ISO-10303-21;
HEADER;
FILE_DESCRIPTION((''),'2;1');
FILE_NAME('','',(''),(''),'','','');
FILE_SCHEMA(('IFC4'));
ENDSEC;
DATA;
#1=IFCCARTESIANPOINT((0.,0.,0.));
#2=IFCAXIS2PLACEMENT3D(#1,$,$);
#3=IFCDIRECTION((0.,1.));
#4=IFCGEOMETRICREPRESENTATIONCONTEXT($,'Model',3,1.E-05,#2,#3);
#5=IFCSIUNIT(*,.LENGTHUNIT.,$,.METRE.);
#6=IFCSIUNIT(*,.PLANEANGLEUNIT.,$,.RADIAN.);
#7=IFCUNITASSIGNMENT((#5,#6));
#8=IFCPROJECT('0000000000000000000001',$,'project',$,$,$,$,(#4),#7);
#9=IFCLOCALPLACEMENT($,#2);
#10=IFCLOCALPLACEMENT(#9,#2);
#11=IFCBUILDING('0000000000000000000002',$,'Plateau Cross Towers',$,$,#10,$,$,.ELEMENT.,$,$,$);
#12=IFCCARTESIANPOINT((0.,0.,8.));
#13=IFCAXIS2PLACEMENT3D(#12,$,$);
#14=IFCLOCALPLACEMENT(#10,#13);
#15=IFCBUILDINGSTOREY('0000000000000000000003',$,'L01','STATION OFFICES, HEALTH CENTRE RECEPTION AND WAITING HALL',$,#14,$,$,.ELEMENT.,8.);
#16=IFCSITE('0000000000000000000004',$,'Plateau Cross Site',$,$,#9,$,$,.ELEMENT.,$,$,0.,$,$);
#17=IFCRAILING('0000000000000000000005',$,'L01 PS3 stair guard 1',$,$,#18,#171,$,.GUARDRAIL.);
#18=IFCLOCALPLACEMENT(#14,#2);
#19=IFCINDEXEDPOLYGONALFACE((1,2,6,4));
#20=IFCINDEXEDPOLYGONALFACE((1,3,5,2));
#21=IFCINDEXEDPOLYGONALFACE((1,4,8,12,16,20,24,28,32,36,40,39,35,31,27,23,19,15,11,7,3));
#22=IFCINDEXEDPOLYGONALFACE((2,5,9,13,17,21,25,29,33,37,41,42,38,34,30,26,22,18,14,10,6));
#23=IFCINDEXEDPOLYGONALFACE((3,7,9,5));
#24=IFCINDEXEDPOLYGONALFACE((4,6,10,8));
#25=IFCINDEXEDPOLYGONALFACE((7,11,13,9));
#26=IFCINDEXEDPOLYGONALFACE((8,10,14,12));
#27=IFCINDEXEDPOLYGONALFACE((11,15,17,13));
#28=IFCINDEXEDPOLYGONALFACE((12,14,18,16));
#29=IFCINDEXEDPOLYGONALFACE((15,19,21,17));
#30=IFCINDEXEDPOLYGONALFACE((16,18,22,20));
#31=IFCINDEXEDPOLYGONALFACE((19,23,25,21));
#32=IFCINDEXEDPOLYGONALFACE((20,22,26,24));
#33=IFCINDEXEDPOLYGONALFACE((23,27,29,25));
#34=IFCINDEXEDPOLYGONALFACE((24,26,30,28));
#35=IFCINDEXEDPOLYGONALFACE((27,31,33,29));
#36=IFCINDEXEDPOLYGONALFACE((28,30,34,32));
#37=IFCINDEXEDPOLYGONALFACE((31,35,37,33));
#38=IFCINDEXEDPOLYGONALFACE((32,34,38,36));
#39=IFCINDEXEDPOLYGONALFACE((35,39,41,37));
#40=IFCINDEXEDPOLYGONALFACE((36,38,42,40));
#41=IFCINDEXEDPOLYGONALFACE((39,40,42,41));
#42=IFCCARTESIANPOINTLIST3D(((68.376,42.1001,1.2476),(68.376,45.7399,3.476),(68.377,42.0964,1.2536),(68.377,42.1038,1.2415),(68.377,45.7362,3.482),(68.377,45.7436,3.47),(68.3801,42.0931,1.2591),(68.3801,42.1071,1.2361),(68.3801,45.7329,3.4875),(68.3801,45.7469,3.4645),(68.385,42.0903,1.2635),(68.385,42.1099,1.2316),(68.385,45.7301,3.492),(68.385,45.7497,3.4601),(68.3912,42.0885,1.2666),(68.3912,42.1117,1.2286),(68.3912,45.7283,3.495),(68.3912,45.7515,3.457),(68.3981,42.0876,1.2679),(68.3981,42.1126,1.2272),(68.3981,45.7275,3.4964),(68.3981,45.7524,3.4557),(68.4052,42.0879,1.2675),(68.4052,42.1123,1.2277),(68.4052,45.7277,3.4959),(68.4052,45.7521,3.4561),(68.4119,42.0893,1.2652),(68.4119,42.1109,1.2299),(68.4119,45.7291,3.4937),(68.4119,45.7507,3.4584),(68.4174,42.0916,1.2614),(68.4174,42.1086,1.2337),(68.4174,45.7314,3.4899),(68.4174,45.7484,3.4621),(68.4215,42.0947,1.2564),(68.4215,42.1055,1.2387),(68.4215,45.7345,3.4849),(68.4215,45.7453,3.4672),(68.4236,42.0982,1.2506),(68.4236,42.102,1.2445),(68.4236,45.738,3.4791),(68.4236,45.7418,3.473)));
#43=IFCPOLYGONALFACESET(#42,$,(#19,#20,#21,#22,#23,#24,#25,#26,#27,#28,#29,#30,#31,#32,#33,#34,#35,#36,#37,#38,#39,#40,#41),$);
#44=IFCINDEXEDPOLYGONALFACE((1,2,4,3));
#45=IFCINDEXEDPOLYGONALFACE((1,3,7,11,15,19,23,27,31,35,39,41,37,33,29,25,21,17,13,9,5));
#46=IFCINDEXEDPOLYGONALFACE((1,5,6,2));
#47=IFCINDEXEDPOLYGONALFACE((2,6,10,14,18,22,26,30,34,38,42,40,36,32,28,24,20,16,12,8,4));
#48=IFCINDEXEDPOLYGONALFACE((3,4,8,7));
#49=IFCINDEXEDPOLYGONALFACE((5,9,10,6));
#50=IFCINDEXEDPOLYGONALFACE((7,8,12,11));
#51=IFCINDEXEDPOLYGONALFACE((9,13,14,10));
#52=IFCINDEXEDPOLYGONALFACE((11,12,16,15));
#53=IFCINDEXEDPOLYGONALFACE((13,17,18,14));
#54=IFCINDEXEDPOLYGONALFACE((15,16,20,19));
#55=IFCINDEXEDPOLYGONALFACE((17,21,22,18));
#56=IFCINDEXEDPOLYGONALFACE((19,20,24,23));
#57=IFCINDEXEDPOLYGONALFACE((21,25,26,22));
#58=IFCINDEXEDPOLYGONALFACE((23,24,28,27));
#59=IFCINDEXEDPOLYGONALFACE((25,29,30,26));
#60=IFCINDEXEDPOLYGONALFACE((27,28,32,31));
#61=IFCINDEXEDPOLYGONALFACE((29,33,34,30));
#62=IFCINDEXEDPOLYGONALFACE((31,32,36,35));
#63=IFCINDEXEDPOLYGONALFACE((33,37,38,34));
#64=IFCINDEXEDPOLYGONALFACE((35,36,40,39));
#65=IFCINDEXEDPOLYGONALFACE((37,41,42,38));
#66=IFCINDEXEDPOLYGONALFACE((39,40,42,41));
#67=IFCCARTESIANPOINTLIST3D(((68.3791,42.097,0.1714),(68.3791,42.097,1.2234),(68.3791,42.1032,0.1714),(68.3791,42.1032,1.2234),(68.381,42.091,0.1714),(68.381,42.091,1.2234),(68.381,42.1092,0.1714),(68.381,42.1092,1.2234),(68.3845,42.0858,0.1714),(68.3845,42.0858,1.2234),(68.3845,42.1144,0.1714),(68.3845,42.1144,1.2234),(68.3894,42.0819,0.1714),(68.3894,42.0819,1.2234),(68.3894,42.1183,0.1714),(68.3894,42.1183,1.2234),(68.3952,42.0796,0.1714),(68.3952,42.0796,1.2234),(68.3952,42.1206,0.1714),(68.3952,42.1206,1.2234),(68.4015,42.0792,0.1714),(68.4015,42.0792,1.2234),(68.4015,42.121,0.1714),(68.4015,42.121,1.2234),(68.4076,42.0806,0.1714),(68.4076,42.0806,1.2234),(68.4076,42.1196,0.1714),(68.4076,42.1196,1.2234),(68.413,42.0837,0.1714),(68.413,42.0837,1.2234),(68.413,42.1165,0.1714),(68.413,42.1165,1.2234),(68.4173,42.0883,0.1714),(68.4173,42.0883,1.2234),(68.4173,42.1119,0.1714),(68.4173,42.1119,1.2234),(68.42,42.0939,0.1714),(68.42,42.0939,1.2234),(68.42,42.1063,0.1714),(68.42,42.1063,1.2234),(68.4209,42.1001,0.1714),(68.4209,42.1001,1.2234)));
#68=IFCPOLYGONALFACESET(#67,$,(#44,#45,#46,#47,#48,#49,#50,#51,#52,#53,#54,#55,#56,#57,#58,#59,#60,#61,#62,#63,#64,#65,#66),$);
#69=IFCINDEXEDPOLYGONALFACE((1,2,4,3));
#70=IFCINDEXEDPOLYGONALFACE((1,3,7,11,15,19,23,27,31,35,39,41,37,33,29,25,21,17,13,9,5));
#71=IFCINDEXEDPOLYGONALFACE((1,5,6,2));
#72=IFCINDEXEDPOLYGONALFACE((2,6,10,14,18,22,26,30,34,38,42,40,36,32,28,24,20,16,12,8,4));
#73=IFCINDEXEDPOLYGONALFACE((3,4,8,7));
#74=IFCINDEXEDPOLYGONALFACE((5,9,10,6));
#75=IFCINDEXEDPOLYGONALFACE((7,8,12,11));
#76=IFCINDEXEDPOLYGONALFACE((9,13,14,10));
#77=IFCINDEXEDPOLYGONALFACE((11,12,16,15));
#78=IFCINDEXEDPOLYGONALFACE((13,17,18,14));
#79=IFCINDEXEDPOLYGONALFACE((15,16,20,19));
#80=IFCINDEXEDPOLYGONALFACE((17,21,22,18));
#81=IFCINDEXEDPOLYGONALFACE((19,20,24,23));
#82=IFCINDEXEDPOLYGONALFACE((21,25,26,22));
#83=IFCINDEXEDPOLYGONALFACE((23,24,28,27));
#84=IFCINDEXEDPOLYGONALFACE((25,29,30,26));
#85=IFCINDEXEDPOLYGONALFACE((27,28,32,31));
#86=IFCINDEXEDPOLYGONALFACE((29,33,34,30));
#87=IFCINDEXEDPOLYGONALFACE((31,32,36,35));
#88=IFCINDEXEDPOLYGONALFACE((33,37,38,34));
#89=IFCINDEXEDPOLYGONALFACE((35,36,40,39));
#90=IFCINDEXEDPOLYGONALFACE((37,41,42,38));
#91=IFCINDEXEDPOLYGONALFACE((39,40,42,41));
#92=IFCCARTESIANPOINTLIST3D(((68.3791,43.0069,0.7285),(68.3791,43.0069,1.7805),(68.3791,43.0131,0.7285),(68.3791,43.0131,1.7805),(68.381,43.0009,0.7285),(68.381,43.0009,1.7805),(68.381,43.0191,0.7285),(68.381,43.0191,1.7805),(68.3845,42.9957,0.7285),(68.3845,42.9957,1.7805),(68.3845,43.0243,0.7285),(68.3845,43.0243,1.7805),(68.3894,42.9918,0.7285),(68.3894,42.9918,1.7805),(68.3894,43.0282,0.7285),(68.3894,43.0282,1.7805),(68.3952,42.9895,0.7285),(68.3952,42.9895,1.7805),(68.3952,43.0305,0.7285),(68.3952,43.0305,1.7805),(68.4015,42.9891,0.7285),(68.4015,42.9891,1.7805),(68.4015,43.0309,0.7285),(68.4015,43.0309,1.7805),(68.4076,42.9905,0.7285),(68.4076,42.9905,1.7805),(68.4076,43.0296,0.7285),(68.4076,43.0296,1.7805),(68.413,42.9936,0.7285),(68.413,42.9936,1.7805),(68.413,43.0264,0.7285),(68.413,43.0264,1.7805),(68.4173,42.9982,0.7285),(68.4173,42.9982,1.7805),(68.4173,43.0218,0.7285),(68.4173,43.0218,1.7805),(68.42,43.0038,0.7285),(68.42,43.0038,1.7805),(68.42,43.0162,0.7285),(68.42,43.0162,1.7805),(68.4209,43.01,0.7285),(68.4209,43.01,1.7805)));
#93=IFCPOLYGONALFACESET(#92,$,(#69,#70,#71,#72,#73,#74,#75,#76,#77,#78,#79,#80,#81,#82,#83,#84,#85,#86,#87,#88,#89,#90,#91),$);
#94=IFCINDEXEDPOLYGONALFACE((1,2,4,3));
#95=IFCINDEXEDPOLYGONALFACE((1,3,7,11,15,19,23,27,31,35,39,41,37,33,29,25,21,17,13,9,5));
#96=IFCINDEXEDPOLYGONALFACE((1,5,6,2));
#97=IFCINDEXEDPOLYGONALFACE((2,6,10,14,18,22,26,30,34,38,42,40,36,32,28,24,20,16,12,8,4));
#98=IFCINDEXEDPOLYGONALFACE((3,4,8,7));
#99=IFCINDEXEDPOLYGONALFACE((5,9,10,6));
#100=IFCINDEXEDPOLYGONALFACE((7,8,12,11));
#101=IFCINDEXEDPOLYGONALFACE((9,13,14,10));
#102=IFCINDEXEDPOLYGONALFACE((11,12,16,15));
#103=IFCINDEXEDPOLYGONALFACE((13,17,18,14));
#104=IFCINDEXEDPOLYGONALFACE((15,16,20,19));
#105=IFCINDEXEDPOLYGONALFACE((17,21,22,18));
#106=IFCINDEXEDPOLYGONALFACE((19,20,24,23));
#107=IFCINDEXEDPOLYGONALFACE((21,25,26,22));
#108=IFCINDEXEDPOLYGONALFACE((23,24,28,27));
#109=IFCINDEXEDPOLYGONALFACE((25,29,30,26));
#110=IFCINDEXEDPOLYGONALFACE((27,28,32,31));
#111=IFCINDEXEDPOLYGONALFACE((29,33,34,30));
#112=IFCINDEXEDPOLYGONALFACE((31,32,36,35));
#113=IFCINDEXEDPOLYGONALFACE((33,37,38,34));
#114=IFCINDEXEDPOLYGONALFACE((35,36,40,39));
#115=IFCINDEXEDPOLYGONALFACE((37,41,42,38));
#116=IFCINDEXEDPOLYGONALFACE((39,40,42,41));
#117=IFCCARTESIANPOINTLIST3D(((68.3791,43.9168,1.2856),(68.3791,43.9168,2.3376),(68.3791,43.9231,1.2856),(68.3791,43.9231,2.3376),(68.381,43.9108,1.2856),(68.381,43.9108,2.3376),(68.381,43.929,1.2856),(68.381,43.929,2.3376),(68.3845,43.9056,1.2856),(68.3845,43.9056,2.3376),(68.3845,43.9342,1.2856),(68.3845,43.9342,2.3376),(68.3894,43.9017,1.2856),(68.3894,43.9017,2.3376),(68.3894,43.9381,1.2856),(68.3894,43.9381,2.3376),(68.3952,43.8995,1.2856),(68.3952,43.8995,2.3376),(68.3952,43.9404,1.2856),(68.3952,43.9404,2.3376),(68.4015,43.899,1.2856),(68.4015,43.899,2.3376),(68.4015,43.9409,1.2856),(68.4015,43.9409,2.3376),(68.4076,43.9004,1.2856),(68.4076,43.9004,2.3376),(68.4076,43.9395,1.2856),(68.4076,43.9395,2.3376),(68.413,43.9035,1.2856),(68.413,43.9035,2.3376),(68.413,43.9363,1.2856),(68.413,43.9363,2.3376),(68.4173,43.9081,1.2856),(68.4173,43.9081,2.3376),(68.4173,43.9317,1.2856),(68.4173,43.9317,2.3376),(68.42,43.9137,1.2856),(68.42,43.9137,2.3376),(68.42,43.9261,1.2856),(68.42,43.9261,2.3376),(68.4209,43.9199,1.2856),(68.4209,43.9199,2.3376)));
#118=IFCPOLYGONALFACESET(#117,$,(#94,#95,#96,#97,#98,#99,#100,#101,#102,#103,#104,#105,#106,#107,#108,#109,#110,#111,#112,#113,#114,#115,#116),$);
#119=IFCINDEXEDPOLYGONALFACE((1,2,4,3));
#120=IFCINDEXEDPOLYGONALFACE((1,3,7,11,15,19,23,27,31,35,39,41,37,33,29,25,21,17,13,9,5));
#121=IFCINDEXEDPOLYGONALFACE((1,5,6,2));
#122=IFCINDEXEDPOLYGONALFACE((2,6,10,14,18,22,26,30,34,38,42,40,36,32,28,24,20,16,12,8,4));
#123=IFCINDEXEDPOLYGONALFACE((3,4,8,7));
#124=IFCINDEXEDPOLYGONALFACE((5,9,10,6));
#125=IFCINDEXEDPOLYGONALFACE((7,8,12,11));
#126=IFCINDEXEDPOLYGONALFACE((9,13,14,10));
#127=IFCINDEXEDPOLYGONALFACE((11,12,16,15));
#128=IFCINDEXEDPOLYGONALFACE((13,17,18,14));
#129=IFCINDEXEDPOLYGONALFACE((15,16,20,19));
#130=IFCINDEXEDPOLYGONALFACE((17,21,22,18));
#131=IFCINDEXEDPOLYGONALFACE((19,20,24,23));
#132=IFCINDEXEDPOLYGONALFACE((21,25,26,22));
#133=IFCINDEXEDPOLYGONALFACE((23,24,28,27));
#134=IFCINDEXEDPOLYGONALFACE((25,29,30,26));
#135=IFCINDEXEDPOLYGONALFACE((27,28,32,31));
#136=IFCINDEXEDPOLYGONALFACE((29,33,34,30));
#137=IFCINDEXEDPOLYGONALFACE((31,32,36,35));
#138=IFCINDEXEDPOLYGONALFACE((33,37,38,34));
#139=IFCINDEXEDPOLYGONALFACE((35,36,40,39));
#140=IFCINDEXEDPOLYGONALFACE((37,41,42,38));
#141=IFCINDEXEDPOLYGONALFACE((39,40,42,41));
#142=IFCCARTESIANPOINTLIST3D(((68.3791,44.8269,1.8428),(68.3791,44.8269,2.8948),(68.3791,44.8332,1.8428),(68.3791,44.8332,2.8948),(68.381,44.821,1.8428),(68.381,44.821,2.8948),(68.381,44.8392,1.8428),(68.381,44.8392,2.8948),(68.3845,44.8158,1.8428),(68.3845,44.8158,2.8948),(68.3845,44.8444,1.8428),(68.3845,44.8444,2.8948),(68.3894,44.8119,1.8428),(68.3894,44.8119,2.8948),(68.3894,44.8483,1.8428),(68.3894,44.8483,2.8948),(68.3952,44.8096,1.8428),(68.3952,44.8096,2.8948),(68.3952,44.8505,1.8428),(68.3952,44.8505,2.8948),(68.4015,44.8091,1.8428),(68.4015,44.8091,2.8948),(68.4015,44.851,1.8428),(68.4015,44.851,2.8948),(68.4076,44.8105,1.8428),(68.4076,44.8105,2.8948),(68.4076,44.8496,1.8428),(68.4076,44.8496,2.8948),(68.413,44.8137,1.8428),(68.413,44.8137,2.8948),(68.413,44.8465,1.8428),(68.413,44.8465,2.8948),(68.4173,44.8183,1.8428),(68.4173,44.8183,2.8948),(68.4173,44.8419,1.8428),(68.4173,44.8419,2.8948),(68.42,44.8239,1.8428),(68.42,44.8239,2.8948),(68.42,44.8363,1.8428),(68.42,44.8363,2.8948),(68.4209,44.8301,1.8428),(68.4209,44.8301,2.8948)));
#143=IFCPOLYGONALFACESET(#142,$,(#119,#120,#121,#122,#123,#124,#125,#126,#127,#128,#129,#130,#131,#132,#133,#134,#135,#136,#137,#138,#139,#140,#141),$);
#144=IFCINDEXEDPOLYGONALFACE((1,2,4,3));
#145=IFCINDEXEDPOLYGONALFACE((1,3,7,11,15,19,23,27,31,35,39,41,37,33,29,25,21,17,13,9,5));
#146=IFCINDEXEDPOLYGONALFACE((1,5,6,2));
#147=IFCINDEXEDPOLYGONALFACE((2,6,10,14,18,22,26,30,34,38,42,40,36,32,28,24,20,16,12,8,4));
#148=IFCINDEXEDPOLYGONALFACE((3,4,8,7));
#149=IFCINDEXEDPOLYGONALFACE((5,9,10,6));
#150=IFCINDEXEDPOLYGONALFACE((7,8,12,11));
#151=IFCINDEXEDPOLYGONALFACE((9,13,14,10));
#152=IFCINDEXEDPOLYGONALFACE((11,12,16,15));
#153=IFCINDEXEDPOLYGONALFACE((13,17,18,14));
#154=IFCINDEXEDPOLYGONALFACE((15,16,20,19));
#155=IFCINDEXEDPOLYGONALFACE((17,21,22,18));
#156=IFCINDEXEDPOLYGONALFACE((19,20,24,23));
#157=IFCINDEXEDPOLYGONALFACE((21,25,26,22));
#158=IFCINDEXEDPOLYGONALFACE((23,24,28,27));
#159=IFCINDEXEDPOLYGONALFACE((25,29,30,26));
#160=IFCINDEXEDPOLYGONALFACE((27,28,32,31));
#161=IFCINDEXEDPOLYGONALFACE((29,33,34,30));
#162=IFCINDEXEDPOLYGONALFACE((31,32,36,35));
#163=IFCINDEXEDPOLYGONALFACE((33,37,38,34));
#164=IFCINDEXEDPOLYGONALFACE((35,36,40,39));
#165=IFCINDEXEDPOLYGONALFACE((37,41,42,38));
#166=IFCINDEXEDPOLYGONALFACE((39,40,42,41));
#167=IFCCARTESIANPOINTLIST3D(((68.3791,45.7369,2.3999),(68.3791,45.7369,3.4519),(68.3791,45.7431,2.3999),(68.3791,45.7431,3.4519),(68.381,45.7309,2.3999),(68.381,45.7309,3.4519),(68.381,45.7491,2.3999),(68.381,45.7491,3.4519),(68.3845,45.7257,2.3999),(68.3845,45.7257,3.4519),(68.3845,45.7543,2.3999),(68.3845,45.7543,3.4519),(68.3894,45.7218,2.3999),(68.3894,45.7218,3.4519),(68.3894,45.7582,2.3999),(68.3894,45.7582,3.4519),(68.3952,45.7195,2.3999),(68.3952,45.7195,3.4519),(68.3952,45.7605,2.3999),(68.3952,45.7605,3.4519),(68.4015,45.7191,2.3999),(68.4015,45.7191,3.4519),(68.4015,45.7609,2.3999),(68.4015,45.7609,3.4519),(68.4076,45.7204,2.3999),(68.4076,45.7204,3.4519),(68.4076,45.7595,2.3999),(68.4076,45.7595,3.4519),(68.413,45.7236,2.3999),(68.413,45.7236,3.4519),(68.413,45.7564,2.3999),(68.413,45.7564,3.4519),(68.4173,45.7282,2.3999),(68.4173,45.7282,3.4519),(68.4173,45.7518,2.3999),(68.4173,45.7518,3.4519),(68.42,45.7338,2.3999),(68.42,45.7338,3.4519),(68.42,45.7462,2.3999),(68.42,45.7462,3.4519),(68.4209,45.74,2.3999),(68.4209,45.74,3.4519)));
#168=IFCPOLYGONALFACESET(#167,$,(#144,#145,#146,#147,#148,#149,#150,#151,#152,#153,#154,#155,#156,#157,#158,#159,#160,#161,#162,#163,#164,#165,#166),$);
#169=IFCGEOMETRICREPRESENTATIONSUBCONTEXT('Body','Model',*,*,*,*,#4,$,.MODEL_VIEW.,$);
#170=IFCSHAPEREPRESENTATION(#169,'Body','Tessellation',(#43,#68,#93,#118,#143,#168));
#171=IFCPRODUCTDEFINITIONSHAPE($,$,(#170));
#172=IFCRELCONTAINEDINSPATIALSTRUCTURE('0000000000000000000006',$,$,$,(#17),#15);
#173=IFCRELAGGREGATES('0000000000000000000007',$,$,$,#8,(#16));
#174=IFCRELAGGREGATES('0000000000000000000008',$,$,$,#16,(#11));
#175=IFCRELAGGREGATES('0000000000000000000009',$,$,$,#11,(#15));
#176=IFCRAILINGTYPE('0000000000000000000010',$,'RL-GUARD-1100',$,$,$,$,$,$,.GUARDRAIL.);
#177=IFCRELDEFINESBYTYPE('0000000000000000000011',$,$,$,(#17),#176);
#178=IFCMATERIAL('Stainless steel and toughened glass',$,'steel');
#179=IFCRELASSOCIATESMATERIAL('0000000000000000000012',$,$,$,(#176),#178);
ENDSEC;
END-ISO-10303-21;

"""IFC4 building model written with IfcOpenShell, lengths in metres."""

from ifc_helpers import new_model, si_unit, direction, frame, origin, origin_2d, place, context, subcontext, project, spatial, circle, extrude, material, type_object, element, save


model = new_model("IFC4")

# Units and contexts
model_context = context("Model", 3, precision=1e-05, world=origin(), true_north=direction((0.0, 1.0)))
body_context = subcontext(model_context, "Body", "Model", "MODEL_VIEW")
ifc_project = project(units=[si_unit("LENGTHUNIT", "METRE"), si_unit("PLANEANGLEUNIT", "RADIAN")], contexts=[model_context])

# Site, building, storey
site_placement = place(None, origin())
site = spatial("IfcSite", under=ifc_project, at=site_placement, Name="Plateau Cross Site", CompositionType="ELEMENT", RefElevation=0.0)
building_placement = place(site_placement, origin())
building = spatial("IfcBuilding", under=site, at=building_placement, Name="Plateau Cross Towers", CompositionType="ELEMENT")
storey_placement = place(building_placement, frame((0.0, 0.0, 8.0)))
storey = spatial("IfcBuildingStorey", under=building, at=storey_placement, Name="L01", Description="STATION OFFICES, HEALTH CENTRE RECEPTION AND WAITING HALL", CompositionType="ELEMENT", Elevation=8.0)

# Railing
ifc_material_1 = material(Name="Stainless steel and toughened glass", Category="steel")
railing_type_1 = type_object("IfcRailingType", Name="RL-GUARD-1100", PredefinedType="GUARDRAIL", material=ifc_material_1)
railing_1_placement = place(storey_placement, frame((68.3999, 42.1001, 0.1714)))
element("IfcRailing", 1, at=railing_1_placement, inside=storey, type_object=railing_type_1, Name="L01 PS3 stair guard 1", PredefinedType="GUARDRAIL", context=body_context, shape_type="SweptSolid", body=[
    extrude(circle(Radius=0.0239, at=origin_2d()), frame((0.0, 0.0, 1.0762), z_axis=(0.0, 0.85285, 0.522156), x_axis=(-1.0, 0.0, 0.0)), (0.0, 0.0, 1.0), 4.2678),
    extrude(circle(Radius=0.021, at=origin_2d()), origin(), (0.0, 0.0, 1.0), 1.052),
    extrude(circle(Radius=0.021, at=origin_2d()), frame((0.0, 0.9099, 0.5571)), (0.0, 0.0, 1.0), 1.052),
    extrude(circle(Radius=0.021, at=origin_2d()), frame((0.0, 1.8198, 1.1143)), (0.0, 0.0, 1.0), 1.052),
    extrude(circle(Radius=0.021, at=origin_2d()), frame((0.0, 2.73, 1.6714)), (0.0, 0.0, 1.0), 1.052),
    extrude(circle(Radius=0.021, at=origin_2d()), frame((0.0, 3.6399, 2.2285)), (0.0, 0.0, 1.0), 1.052),
])

save(model, "model.ifc")
